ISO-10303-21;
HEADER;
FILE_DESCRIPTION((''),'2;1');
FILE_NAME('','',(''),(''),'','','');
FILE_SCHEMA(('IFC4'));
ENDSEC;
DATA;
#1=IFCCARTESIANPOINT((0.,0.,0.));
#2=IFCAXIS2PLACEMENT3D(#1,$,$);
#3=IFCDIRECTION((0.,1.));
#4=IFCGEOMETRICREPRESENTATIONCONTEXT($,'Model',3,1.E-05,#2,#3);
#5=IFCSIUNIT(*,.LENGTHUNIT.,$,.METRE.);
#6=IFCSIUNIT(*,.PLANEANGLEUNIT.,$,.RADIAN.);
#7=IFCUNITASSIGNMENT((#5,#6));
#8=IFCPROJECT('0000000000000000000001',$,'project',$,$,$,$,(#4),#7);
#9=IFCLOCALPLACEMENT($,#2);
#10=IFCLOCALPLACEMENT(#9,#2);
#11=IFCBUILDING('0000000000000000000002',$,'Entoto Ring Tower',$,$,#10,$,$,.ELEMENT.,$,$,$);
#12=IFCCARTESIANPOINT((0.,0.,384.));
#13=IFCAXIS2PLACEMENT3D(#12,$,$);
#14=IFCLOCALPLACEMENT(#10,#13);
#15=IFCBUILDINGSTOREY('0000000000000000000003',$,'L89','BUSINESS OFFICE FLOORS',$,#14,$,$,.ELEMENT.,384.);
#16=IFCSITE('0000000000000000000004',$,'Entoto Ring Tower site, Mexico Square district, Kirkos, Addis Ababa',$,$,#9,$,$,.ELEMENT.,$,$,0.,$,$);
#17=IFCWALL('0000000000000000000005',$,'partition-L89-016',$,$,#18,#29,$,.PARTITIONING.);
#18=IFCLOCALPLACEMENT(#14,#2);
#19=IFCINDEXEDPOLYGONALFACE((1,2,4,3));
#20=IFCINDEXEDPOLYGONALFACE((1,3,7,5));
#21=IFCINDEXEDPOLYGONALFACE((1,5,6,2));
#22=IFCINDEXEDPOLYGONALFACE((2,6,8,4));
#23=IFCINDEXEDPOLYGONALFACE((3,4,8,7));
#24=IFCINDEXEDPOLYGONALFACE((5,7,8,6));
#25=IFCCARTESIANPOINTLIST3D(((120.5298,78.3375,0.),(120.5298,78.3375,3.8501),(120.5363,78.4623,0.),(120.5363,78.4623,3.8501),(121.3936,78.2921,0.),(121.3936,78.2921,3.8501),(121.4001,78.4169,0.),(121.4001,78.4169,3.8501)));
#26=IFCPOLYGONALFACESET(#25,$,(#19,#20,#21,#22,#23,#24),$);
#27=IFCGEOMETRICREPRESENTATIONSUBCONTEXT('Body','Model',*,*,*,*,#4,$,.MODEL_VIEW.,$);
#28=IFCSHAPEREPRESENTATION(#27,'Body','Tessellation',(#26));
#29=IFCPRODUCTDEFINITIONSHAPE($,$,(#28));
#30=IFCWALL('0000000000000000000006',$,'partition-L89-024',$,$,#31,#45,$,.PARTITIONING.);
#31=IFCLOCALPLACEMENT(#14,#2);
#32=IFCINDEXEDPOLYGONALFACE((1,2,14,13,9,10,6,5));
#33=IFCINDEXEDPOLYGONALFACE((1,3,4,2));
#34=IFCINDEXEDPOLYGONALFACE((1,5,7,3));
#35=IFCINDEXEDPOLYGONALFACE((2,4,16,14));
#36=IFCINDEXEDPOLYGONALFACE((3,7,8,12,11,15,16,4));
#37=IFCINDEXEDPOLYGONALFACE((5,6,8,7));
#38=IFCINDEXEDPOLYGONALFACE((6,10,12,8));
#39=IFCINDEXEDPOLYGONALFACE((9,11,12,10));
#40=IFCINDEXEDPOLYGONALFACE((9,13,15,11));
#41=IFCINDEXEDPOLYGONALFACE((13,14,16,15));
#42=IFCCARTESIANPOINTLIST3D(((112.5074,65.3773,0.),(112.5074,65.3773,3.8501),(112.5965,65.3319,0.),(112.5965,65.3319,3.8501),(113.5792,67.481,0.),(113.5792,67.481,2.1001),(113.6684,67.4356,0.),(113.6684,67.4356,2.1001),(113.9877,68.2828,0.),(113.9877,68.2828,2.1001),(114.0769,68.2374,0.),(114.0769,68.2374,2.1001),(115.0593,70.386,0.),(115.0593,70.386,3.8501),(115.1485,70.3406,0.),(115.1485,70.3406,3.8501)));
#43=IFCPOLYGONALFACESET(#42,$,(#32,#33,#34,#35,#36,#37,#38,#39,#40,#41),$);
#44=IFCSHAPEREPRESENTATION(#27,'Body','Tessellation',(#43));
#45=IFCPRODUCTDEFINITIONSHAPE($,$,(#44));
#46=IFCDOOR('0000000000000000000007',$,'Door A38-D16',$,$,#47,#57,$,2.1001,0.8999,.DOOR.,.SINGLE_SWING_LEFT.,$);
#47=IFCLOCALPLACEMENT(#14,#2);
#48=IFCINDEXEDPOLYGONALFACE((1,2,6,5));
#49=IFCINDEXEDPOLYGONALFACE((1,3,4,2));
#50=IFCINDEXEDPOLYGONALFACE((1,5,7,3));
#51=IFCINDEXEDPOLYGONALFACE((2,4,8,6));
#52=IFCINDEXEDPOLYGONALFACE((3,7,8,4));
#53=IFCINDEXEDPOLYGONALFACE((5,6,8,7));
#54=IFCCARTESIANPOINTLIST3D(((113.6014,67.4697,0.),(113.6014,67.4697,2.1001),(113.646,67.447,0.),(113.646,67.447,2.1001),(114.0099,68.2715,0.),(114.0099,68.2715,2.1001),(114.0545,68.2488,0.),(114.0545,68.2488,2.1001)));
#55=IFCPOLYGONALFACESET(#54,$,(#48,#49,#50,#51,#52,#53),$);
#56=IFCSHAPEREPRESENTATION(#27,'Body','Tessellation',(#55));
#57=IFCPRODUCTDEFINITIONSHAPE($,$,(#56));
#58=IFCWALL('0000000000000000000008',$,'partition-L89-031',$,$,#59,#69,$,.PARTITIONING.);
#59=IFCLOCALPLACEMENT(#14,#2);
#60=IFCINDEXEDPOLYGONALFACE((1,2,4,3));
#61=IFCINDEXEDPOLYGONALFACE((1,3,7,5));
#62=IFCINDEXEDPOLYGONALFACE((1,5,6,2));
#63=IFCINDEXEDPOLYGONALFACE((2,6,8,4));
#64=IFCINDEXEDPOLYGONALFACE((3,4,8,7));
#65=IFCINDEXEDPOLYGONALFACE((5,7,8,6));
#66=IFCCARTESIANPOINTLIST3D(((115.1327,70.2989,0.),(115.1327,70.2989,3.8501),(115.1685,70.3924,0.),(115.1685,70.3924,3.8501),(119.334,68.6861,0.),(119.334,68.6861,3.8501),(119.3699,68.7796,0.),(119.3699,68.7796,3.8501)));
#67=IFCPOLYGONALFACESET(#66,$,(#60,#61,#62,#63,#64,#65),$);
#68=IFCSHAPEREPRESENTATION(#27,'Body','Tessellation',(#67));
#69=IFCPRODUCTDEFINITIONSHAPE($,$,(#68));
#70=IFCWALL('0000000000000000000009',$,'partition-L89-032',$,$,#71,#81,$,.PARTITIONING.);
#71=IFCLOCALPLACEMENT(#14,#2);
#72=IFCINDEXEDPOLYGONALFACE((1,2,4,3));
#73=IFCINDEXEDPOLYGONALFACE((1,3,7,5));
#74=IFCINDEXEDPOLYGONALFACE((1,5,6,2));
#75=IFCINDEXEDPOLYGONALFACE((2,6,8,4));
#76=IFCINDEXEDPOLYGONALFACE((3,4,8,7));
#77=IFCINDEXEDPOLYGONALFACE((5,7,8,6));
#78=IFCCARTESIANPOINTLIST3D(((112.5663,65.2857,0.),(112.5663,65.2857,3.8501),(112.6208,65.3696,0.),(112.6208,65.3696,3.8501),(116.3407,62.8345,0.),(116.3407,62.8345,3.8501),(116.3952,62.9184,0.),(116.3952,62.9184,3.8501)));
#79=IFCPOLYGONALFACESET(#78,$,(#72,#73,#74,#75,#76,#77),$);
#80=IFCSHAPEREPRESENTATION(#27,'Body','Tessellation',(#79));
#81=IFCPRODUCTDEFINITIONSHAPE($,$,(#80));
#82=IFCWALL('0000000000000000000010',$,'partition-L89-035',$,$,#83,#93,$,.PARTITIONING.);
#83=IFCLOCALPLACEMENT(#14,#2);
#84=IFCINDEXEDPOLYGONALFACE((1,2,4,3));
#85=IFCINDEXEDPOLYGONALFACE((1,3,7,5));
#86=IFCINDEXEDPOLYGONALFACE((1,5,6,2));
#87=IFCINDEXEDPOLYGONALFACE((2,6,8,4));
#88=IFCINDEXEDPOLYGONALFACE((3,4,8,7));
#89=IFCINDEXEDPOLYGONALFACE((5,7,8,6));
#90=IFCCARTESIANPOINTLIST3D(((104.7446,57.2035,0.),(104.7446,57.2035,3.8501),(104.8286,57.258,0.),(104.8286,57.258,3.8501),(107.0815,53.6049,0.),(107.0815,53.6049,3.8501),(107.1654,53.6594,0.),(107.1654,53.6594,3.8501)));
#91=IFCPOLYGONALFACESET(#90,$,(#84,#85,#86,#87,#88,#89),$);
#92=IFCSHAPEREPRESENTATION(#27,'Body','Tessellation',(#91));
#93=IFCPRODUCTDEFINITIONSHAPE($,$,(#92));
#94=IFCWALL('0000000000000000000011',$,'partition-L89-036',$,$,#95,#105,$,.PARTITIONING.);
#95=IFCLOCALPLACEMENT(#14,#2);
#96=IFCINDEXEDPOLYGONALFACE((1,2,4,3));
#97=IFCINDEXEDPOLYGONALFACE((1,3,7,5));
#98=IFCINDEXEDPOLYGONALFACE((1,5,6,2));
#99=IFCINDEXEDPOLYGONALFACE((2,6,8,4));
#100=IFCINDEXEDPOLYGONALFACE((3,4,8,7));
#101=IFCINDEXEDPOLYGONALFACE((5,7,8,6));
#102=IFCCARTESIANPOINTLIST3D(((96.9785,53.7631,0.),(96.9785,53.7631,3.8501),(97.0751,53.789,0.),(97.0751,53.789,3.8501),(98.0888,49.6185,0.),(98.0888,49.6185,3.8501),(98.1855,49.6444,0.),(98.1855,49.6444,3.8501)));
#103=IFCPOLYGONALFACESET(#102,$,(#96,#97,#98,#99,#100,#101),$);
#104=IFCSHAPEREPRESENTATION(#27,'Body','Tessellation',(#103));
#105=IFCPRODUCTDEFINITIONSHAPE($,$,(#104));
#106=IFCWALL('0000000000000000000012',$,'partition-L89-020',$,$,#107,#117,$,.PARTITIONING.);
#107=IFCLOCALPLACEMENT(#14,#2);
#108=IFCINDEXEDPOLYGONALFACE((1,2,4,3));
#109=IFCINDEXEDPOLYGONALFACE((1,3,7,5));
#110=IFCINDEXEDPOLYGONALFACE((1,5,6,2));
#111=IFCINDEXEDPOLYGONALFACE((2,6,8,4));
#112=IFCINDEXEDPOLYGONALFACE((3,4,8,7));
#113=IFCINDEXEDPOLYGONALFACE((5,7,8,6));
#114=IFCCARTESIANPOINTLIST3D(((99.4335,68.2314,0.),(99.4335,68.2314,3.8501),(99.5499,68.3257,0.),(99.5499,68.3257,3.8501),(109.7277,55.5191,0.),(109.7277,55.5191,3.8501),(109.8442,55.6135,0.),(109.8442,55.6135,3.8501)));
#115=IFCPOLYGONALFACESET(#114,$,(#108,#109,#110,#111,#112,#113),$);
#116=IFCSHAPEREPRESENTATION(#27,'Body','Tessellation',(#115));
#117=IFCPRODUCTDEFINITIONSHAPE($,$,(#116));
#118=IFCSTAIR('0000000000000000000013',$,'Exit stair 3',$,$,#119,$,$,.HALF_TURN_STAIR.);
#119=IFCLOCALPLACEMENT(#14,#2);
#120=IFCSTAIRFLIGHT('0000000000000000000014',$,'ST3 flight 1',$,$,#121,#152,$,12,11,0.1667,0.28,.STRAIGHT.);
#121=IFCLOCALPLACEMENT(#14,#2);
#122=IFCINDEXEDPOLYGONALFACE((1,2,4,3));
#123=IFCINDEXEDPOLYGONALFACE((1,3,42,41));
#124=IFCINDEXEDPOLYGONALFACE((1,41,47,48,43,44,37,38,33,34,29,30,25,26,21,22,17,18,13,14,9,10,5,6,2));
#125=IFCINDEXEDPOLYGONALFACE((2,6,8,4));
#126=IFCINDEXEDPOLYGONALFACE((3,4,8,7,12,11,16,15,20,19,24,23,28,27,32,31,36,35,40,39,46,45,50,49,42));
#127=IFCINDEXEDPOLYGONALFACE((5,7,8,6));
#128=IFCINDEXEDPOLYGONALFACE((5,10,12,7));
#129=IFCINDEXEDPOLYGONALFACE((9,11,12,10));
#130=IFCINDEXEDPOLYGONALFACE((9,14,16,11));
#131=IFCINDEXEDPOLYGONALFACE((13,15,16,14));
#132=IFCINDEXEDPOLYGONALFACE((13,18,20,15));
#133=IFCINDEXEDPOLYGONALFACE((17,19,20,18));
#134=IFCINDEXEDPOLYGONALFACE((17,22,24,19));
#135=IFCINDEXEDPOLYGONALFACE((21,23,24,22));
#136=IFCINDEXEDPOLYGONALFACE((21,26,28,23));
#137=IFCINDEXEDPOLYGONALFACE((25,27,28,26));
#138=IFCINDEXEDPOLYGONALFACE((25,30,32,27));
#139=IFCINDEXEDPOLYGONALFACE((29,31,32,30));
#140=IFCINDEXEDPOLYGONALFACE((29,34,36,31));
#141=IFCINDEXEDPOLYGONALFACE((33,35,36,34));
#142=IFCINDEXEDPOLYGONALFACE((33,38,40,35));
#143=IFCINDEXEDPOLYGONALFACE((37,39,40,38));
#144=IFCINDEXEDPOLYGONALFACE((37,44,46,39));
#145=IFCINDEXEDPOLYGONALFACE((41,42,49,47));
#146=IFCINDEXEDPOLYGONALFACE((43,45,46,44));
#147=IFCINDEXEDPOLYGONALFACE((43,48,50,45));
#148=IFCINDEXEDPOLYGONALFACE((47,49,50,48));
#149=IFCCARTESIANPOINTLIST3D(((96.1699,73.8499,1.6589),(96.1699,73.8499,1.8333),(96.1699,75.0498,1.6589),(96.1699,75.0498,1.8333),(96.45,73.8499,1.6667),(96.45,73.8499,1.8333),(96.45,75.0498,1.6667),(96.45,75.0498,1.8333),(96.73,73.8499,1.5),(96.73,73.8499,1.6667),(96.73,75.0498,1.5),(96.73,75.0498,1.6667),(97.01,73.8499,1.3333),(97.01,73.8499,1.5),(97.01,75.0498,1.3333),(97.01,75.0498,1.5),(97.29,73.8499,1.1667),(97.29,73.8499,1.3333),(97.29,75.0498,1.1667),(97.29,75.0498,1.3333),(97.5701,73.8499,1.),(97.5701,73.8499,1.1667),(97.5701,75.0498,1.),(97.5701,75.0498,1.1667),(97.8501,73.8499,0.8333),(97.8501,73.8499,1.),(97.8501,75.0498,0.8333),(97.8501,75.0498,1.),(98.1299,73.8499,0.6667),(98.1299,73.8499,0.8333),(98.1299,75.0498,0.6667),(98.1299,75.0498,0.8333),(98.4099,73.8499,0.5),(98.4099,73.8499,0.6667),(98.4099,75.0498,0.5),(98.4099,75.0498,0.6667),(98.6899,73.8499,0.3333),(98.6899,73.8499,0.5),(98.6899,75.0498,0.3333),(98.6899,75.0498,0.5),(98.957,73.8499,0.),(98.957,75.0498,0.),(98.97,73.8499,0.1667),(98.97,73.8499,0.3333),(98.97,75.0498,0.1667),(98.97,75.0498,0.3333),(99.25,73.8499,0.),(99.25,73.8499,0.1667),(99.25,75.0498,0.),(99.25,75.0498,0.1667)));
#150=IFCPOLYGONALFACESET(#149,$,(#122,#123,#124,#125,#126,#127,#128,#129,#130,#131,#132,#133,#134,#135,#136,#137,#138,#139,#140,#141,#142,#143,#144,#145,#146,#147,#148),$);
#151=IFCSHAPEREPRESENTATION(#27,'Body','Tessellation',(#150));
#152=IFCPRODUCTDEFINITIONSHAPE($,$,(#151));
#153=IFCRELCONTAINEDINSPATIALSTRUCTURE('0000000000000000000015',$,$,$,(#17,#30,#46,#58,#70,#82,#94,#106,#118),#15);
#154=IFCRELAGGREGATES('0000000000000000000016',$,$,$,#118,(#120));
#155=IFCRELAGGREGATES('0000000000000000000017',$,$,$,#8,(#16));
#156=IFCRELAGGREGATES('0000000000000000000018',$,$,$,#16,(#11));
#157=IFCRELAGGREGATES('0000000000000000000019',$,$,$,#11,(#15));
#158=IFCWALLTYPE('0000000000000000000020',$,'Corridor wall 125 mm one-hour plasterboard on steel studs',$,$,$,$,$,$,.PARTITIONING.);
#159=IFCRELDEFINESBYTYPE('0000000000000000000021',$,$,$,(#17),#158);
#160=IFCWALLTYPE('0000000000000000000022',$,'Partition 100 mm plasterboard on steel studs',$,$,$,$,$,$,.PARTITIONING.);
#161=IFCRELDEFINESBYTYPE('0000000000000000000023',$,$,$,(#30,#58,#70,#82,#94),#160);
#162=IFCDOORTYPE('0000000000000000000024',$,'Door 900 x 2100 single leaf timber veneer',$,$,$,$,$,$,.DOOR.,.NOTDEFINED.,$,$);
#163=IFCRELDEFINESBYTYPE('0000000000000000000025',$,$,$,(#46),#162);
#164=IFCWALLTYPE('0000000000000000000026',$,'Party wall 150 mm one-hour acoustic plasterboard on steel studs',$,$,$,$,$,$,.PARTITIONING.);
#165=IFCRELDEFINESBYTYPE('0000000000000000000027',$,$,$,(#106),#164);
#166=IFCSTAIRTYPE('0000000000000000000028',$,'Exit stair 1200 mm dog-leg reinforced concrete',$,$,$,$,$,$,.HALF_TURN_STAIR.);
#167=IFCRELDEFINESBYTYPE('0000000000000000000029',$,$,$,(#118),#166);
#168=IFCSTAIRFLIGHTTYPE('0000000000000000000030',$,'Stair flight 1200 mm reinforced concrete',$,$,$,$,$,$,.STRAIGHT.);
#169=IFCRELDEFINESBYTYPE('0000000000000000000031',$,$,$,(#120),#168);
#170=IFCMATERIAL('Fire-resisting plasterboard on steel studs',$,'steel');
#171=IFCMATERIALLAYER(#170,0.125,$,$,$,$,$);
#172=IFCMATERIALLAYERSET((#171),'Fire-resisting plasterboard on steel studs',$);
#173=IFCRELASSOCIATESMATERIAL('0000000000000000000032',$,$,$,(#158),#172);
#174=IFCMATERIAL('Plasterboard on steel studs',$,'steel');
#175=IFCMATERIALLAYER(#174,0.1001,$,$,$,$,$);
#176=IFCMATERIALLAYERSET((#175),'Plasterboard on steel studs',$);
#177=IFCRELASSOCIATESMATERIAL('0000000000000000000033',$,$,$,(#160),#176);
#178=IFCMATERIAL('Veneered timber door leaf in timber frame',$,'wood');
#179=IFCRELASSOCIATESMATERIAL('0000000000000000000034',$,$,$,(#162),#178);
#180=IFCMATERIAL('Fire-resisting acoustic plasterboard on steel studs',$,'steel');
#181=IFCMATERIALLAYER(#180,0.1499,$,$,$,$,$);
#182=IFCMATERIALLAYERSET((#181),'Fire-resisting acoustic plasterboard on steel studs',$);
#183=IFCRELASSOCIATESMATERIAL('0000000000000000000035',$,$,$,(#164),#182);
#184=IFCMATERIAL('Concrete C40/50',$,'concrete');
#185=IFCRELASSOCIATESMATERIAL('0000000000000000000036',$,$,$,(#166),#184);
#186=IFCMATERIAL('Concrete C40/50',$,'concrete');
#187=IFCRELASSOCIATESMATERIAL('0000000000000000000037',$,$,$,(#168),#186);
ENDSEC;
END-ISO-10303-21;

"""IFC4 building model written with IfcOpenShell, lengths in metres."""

from ifc_helpers import new_model, si_unit, direction, frame, frame_2d, origin, place, context, subcontext, project, spatial, polyline, rectangle, outline, extrude, material, layer, layer_set, type_object, element, fill, aggregate, save


model = new_model("IFC4")

# Units and contexts
model_context = context("Model", 3, precision=1e-05, world=origin(), true_north=direction((0.0, 1.0)))
body_context = subcontext(model_context, "Body", "Model", "MODEL_VIEW")
ifc_project = project(units=[si_unit("LENGTHUNIT", "METRE"), si_unit("PLANEANGLEUNIT", "RADIAN")], contexts=[model_context])

# Site, building, storey
site_placement = place(None, origin())
site = spatial("IfcSite", under=ifc_project, at=site_placement, Name="Entoto Ring Tower site, Mexico Square district, Kirkos, Addis Ababa", CompositionType="ELEMENT", RefElevation=0.0)
building_placement = place(site_placement, origin())
building = spatial("IfcBuilding", under=site, at=building_placement, Name="Entoto Ring Tower", CompositionType="ELEMENT")
storey_placement = place(building_placement, frame((0.0, 0.0, 384.0)))
storey = spatial("IfcBuildingStorey", under=building, at=storey_placement, Name="L89", Description="BUSINESS OFFICE FLOORS", CompositionType="ELEMENT", Elevation=384.0)

# Wall
ifc_material_1 = material(Name="Fire-resisting plasterboard on steel studs", Category="steel")
ifc_layer_1 = layer(ifc_material_1, 0.125)
ifc_layer_set_1 = layer_set([ifc_layer_1], Name="Fire-resisting plasterboard on steel studs")
wall_type_1 = type_object("IfcWallType", Name="Corridor wall 125 mm one-hour plasterboard on steel studs", PredefinedType="PARTITIONING", material=ifc_layer_set_1)
wall_1_placement = place(storey_placement, frame((121.397, 78.3545, 0.0), z_axis=(0.0, 0.0, 1.0), x_axis=(-0.998621, 0.0525, 0.0)))
element("IfcWall", 1, at=wall_1_placement, inside=storey, type_object=wall_type_1, Name="partition-L89-016", PredefinedType="PARTITIONING", context=body_context, shape_type="SweptSolid", body=[
    extrude(rectangle(XDim=0.865, YDim=0.125, at=frame_2d((0.4326, 0.0))), origin(), (0.0, 0.0, 1.0), 3.8501),
])

# Wall, opening, door
ifc_material_2 = material(Name="Plasterboard on steel studs", Category="steel")
ifc_layer_2 = layer(ifc_material_2, 0.1001)
ifc_layer_set_2 = layer_set([ifc_layer_2], Name="Plasterboard on steel studs")
wall_type_2 = type_object("IfcWallType", Name="Partition 100 mm plasterboard on steel studs", PredefinedType="PARTITIONING", material=ifc_layer_set_2)
wall_2_placement = place(storey_placement, frame((112.552, 65.3547, 0.0), z_axis=(0.0, 0.0, 1.0), x_axis=(0.453976, 0.891014, 0.0)))
wall_2 = element("IfcWall", 2, at=wall_2_placement, inside=storey, type_object=wall_type_2, Name="partition-L89-024", PredefinedType="PARTITIONING", context=body_context, shape_type="SweptSolid", body=[
    extrude(rectangle(XDim=5.6213, YDim=0.1001, at=frame_2d((2.8105, 0.0))), origin(), (0.0, 0.0, 1.0), 3.8501),
])
opening_1_placement = place(wall_2_placement, frame((2.3608, 0.0, 0.0)))
opening_1 = element("IfcOpeningElement", 3, at=opening_1_placement, cuts=wall_2, PredefinedType="OPENING", context=body_context, shape_type="SweptSolid", body=[
    extrude(rectangle(XDim=0.8999, YDim=2.1001, at=frame_2d((0.45, 1.05))), frame((0.0, 0.0601, 0.0), z_axis=(0.0, -1.0, 0.0), x_axis=(1.0, 0.0, 0.0)), (0.0, 0.0, 1.0), 0.1201),
])
ifc_material_3 = material(Name="Veneered timber door leaf in timber frame", Category="wood")
door_type_1 = type_object("IfcDoorType", Name="Door 900 x 2100 single leaf timber veneer", OperationType="NOTDEFINED", PredefinedType="DOOR", material=ifc_material_3)
door_1_placement = place(opening_1_placement, frame((0.8999, 0.0, 0.0), z_axis=(0.0, 0.0, 1.0), x_axis=(-1.0, 0.0, 0.0)))
door_1 = element("IfcDoor", 4, at=door_1_placement, inside=storey, type_object=door_type_1, Name="Door A38-D16", OperationType="SINGLE_SWING_LEFT", OverallHeight=2.1001, OverallWidth=0.8999, PredefinedType="DOOR", context=body_context, shape_type="SweptSolid", body=[
    extrude(rectangle(XDim=0.8999, YDim=2.1001, at=frame_2d((0.45, 1.05))), frame((0.0, 0.0249, 0.0), z_axis=(0.0, -1.0, 0.0), x_axis=(1.0, 0.0, 0.0)), (0.0, 0.0, 1.0), 0.05),
])
fill(opening_1, door_1)

# Walls
wall_3_placement = place(storey_placement, frame((119.3518, 68.7329, 0.0), z_axis=(0.0, 0.0, 1.0), x_axis=(-0.933579, 0.358372, 0.0)))
element("IfcWall", 5, at=wall_3_placement, inside=storey, type_object=wall_type_2, Name="partition-L89-031", PredefinedType="PARTITIONING", context=body_context, shape_type="SweptSolid", body=[
    extrude(rectangle(XDim=4.5002, YDim=0.1001, at=frame_2d((2.25, 0.0))), origin(), (0.0, 0.0, 1.0), 3.8501),
])
wall_4_placement = place(storey_placement, frame((116.3679, 62.8765, 0.0), z_axis=(0.0, 0.0, 1.0), x_axis=(-0.838667, 0.544645, 0.0)))
element("IfcWall", 6, at=wall_4_placement, inside=storey, type_object=wall_type_2, Name="partition-L89-032", PredefinedType="PARTITIONING", context=body_context, shape_type="SweptSolid", body=[
    extrude(rectangle(XDim=4.5005, YDim=0.1001, at=frame_2d((2.2502, 0.0))), origin(), (0.0, 0.0, 1.0), 3.8501),
])
for number, where, z_axis, x_axis, name in (
    (7, (107.1235, 53.6321, 0.0), (0.0, 0.0, 1.0), (-0.544628, 0.838678, 0.0), "partition-L89-035"),
    (8, (98.1372, 49.6313, 0.0), (0.0, 0.0, 1.0), (-0.258782, 0.965936, 0.0), "partition-L89-036"),
):
    element("IfcWall", number, at=place(storey_placement, frame(where, z_axis=z_axis, x_axis=x_axis)), inside=storey, type_object=wall_type_2, Name=name, PredefinedType="PARTITIONING", context=body_context, shape_type="SweptSolid", body=[
        extrude(rectangle(XDim=4.2908, YDim=0.1001, at=frame_2d((2.1455, 0.0))), origin(), (0.0, 0.0, 1.0), 3.8501),
    ])
ifc_material_4 = material(Name="Fire-resisting acoustic plasterboard on steel studs", Category="steel")
ifc_layer_3 = layer(ifc_material_4, 0.1499)
ifc_layer_set_3 = layer_set([ifc_layer_3], Name="Fire-resisting acoustic plasterboard on steel studs")
wall_type_3 = type_object("IfcWallType", Name="Party wall 150 mm one-hour acoustic plasterboard on steel studs", PredefinedType="PARTITIONING", material=ifc_layer_set_3)
wall_5_placement = place(storey_placement, frame((109.7859, 55.5664, 0.0), z_axis=(0.0, 0.0, 1.0), x_axis=(-0.629324, 0.777143, 0.0)))
element("IfcWall", 9, at=wall_5_placement, inside=storey, type_object=wall_type_3, Name="partition-L89-020", PredefinedType="PARTITIONING", context=body_context, shape_type="SweptSolid", body=[
    extrude(rectangle(XDim=16.3577, YDim=0.1499, at=frame_2d((8.1787, 0.0))), origin(), (0.0, 0.0, 1.0), 3.8501),
])

# Stair, stair flight
ifc_material_5 = material(Name="Concrete C40/50", Category="concrete")
stair_type = type_object("IfcStairType", Name="Exit stair 1200 mm dog-leg reinforced concrete", PredefinedType="HALF_TURN_STAIR", material=ifc_material_5)
stair_placement = place(storey_placement, origin())
stair = element("IfcStair", 10, at=stair_placement, inside=storey, type_object=stair_type, Name="Exit stair 3", PredefinedType="HALF_TURN_STAIR")
ifc_material_6 = material(Name="Concrete C40/50", Category="concrete")
stair_flight_type = type_object("IfcStairFlightType", Name="Stair flight 1200 mm reinforced concrete", PredefinedType="STRAIGHT", material=ifc_material_6)
stair_flight_placement = place(storey_placement, frame((99.25, 74.45, 0.0), z_axis=(0.0, 0.0, 1.0), x_axis=(-1.0, 0.0, 0.0)))
stair_flight = element("IfcStairFlight", 11, at=stair_flight_placement, type_object=stair_flight_type, Name="ST3 flight 1", NumberOfRisers=12, NumberOfTreads=11, PredefinedType="STRAIGHT", RiserHeight=0.1667, TreadLength=0.28, context=body_context, shape_type="SweptSolid", body=[
    extrude(outline(polyline([(0.0, 0.0), (0.0, 0.1667), (0.28, 0.1667), (0.28, 0.3333), (0.5601, 0.3333), (0.5601, 0.5), (0.8401, 0.5), (0.8401, 0.6667), (1.1201, 0.6667), (1.1201, 0.8333), (1.3999, 0.8333), (1.3999, 1.0), (1.6799, 1.0), (1.6799, 1.1667), (1.96, 1.1667), (1.96, 1.3333), (2.24, 1.3333), (2.24, 1.5), (2.52, 1.5), (2.52, 1.6667), (2.8, 1.6667), (2.8, 1.8333), (3.0801, 1.8333), (3.0801, 2.0), (3.0801, 1.6589), (0.293, 0.0), (0.0, 0.0)])), frame((0.0, 0.6001, 0.0), z_axis=(0.0, -1.0, 0.0), x_axis=(1.0, 0.0, 0.0)), (0.0, 0.0, 1.0), 1.2),
])
aggregate(stair, [stair_flight])

save(model, "model.ifc")
